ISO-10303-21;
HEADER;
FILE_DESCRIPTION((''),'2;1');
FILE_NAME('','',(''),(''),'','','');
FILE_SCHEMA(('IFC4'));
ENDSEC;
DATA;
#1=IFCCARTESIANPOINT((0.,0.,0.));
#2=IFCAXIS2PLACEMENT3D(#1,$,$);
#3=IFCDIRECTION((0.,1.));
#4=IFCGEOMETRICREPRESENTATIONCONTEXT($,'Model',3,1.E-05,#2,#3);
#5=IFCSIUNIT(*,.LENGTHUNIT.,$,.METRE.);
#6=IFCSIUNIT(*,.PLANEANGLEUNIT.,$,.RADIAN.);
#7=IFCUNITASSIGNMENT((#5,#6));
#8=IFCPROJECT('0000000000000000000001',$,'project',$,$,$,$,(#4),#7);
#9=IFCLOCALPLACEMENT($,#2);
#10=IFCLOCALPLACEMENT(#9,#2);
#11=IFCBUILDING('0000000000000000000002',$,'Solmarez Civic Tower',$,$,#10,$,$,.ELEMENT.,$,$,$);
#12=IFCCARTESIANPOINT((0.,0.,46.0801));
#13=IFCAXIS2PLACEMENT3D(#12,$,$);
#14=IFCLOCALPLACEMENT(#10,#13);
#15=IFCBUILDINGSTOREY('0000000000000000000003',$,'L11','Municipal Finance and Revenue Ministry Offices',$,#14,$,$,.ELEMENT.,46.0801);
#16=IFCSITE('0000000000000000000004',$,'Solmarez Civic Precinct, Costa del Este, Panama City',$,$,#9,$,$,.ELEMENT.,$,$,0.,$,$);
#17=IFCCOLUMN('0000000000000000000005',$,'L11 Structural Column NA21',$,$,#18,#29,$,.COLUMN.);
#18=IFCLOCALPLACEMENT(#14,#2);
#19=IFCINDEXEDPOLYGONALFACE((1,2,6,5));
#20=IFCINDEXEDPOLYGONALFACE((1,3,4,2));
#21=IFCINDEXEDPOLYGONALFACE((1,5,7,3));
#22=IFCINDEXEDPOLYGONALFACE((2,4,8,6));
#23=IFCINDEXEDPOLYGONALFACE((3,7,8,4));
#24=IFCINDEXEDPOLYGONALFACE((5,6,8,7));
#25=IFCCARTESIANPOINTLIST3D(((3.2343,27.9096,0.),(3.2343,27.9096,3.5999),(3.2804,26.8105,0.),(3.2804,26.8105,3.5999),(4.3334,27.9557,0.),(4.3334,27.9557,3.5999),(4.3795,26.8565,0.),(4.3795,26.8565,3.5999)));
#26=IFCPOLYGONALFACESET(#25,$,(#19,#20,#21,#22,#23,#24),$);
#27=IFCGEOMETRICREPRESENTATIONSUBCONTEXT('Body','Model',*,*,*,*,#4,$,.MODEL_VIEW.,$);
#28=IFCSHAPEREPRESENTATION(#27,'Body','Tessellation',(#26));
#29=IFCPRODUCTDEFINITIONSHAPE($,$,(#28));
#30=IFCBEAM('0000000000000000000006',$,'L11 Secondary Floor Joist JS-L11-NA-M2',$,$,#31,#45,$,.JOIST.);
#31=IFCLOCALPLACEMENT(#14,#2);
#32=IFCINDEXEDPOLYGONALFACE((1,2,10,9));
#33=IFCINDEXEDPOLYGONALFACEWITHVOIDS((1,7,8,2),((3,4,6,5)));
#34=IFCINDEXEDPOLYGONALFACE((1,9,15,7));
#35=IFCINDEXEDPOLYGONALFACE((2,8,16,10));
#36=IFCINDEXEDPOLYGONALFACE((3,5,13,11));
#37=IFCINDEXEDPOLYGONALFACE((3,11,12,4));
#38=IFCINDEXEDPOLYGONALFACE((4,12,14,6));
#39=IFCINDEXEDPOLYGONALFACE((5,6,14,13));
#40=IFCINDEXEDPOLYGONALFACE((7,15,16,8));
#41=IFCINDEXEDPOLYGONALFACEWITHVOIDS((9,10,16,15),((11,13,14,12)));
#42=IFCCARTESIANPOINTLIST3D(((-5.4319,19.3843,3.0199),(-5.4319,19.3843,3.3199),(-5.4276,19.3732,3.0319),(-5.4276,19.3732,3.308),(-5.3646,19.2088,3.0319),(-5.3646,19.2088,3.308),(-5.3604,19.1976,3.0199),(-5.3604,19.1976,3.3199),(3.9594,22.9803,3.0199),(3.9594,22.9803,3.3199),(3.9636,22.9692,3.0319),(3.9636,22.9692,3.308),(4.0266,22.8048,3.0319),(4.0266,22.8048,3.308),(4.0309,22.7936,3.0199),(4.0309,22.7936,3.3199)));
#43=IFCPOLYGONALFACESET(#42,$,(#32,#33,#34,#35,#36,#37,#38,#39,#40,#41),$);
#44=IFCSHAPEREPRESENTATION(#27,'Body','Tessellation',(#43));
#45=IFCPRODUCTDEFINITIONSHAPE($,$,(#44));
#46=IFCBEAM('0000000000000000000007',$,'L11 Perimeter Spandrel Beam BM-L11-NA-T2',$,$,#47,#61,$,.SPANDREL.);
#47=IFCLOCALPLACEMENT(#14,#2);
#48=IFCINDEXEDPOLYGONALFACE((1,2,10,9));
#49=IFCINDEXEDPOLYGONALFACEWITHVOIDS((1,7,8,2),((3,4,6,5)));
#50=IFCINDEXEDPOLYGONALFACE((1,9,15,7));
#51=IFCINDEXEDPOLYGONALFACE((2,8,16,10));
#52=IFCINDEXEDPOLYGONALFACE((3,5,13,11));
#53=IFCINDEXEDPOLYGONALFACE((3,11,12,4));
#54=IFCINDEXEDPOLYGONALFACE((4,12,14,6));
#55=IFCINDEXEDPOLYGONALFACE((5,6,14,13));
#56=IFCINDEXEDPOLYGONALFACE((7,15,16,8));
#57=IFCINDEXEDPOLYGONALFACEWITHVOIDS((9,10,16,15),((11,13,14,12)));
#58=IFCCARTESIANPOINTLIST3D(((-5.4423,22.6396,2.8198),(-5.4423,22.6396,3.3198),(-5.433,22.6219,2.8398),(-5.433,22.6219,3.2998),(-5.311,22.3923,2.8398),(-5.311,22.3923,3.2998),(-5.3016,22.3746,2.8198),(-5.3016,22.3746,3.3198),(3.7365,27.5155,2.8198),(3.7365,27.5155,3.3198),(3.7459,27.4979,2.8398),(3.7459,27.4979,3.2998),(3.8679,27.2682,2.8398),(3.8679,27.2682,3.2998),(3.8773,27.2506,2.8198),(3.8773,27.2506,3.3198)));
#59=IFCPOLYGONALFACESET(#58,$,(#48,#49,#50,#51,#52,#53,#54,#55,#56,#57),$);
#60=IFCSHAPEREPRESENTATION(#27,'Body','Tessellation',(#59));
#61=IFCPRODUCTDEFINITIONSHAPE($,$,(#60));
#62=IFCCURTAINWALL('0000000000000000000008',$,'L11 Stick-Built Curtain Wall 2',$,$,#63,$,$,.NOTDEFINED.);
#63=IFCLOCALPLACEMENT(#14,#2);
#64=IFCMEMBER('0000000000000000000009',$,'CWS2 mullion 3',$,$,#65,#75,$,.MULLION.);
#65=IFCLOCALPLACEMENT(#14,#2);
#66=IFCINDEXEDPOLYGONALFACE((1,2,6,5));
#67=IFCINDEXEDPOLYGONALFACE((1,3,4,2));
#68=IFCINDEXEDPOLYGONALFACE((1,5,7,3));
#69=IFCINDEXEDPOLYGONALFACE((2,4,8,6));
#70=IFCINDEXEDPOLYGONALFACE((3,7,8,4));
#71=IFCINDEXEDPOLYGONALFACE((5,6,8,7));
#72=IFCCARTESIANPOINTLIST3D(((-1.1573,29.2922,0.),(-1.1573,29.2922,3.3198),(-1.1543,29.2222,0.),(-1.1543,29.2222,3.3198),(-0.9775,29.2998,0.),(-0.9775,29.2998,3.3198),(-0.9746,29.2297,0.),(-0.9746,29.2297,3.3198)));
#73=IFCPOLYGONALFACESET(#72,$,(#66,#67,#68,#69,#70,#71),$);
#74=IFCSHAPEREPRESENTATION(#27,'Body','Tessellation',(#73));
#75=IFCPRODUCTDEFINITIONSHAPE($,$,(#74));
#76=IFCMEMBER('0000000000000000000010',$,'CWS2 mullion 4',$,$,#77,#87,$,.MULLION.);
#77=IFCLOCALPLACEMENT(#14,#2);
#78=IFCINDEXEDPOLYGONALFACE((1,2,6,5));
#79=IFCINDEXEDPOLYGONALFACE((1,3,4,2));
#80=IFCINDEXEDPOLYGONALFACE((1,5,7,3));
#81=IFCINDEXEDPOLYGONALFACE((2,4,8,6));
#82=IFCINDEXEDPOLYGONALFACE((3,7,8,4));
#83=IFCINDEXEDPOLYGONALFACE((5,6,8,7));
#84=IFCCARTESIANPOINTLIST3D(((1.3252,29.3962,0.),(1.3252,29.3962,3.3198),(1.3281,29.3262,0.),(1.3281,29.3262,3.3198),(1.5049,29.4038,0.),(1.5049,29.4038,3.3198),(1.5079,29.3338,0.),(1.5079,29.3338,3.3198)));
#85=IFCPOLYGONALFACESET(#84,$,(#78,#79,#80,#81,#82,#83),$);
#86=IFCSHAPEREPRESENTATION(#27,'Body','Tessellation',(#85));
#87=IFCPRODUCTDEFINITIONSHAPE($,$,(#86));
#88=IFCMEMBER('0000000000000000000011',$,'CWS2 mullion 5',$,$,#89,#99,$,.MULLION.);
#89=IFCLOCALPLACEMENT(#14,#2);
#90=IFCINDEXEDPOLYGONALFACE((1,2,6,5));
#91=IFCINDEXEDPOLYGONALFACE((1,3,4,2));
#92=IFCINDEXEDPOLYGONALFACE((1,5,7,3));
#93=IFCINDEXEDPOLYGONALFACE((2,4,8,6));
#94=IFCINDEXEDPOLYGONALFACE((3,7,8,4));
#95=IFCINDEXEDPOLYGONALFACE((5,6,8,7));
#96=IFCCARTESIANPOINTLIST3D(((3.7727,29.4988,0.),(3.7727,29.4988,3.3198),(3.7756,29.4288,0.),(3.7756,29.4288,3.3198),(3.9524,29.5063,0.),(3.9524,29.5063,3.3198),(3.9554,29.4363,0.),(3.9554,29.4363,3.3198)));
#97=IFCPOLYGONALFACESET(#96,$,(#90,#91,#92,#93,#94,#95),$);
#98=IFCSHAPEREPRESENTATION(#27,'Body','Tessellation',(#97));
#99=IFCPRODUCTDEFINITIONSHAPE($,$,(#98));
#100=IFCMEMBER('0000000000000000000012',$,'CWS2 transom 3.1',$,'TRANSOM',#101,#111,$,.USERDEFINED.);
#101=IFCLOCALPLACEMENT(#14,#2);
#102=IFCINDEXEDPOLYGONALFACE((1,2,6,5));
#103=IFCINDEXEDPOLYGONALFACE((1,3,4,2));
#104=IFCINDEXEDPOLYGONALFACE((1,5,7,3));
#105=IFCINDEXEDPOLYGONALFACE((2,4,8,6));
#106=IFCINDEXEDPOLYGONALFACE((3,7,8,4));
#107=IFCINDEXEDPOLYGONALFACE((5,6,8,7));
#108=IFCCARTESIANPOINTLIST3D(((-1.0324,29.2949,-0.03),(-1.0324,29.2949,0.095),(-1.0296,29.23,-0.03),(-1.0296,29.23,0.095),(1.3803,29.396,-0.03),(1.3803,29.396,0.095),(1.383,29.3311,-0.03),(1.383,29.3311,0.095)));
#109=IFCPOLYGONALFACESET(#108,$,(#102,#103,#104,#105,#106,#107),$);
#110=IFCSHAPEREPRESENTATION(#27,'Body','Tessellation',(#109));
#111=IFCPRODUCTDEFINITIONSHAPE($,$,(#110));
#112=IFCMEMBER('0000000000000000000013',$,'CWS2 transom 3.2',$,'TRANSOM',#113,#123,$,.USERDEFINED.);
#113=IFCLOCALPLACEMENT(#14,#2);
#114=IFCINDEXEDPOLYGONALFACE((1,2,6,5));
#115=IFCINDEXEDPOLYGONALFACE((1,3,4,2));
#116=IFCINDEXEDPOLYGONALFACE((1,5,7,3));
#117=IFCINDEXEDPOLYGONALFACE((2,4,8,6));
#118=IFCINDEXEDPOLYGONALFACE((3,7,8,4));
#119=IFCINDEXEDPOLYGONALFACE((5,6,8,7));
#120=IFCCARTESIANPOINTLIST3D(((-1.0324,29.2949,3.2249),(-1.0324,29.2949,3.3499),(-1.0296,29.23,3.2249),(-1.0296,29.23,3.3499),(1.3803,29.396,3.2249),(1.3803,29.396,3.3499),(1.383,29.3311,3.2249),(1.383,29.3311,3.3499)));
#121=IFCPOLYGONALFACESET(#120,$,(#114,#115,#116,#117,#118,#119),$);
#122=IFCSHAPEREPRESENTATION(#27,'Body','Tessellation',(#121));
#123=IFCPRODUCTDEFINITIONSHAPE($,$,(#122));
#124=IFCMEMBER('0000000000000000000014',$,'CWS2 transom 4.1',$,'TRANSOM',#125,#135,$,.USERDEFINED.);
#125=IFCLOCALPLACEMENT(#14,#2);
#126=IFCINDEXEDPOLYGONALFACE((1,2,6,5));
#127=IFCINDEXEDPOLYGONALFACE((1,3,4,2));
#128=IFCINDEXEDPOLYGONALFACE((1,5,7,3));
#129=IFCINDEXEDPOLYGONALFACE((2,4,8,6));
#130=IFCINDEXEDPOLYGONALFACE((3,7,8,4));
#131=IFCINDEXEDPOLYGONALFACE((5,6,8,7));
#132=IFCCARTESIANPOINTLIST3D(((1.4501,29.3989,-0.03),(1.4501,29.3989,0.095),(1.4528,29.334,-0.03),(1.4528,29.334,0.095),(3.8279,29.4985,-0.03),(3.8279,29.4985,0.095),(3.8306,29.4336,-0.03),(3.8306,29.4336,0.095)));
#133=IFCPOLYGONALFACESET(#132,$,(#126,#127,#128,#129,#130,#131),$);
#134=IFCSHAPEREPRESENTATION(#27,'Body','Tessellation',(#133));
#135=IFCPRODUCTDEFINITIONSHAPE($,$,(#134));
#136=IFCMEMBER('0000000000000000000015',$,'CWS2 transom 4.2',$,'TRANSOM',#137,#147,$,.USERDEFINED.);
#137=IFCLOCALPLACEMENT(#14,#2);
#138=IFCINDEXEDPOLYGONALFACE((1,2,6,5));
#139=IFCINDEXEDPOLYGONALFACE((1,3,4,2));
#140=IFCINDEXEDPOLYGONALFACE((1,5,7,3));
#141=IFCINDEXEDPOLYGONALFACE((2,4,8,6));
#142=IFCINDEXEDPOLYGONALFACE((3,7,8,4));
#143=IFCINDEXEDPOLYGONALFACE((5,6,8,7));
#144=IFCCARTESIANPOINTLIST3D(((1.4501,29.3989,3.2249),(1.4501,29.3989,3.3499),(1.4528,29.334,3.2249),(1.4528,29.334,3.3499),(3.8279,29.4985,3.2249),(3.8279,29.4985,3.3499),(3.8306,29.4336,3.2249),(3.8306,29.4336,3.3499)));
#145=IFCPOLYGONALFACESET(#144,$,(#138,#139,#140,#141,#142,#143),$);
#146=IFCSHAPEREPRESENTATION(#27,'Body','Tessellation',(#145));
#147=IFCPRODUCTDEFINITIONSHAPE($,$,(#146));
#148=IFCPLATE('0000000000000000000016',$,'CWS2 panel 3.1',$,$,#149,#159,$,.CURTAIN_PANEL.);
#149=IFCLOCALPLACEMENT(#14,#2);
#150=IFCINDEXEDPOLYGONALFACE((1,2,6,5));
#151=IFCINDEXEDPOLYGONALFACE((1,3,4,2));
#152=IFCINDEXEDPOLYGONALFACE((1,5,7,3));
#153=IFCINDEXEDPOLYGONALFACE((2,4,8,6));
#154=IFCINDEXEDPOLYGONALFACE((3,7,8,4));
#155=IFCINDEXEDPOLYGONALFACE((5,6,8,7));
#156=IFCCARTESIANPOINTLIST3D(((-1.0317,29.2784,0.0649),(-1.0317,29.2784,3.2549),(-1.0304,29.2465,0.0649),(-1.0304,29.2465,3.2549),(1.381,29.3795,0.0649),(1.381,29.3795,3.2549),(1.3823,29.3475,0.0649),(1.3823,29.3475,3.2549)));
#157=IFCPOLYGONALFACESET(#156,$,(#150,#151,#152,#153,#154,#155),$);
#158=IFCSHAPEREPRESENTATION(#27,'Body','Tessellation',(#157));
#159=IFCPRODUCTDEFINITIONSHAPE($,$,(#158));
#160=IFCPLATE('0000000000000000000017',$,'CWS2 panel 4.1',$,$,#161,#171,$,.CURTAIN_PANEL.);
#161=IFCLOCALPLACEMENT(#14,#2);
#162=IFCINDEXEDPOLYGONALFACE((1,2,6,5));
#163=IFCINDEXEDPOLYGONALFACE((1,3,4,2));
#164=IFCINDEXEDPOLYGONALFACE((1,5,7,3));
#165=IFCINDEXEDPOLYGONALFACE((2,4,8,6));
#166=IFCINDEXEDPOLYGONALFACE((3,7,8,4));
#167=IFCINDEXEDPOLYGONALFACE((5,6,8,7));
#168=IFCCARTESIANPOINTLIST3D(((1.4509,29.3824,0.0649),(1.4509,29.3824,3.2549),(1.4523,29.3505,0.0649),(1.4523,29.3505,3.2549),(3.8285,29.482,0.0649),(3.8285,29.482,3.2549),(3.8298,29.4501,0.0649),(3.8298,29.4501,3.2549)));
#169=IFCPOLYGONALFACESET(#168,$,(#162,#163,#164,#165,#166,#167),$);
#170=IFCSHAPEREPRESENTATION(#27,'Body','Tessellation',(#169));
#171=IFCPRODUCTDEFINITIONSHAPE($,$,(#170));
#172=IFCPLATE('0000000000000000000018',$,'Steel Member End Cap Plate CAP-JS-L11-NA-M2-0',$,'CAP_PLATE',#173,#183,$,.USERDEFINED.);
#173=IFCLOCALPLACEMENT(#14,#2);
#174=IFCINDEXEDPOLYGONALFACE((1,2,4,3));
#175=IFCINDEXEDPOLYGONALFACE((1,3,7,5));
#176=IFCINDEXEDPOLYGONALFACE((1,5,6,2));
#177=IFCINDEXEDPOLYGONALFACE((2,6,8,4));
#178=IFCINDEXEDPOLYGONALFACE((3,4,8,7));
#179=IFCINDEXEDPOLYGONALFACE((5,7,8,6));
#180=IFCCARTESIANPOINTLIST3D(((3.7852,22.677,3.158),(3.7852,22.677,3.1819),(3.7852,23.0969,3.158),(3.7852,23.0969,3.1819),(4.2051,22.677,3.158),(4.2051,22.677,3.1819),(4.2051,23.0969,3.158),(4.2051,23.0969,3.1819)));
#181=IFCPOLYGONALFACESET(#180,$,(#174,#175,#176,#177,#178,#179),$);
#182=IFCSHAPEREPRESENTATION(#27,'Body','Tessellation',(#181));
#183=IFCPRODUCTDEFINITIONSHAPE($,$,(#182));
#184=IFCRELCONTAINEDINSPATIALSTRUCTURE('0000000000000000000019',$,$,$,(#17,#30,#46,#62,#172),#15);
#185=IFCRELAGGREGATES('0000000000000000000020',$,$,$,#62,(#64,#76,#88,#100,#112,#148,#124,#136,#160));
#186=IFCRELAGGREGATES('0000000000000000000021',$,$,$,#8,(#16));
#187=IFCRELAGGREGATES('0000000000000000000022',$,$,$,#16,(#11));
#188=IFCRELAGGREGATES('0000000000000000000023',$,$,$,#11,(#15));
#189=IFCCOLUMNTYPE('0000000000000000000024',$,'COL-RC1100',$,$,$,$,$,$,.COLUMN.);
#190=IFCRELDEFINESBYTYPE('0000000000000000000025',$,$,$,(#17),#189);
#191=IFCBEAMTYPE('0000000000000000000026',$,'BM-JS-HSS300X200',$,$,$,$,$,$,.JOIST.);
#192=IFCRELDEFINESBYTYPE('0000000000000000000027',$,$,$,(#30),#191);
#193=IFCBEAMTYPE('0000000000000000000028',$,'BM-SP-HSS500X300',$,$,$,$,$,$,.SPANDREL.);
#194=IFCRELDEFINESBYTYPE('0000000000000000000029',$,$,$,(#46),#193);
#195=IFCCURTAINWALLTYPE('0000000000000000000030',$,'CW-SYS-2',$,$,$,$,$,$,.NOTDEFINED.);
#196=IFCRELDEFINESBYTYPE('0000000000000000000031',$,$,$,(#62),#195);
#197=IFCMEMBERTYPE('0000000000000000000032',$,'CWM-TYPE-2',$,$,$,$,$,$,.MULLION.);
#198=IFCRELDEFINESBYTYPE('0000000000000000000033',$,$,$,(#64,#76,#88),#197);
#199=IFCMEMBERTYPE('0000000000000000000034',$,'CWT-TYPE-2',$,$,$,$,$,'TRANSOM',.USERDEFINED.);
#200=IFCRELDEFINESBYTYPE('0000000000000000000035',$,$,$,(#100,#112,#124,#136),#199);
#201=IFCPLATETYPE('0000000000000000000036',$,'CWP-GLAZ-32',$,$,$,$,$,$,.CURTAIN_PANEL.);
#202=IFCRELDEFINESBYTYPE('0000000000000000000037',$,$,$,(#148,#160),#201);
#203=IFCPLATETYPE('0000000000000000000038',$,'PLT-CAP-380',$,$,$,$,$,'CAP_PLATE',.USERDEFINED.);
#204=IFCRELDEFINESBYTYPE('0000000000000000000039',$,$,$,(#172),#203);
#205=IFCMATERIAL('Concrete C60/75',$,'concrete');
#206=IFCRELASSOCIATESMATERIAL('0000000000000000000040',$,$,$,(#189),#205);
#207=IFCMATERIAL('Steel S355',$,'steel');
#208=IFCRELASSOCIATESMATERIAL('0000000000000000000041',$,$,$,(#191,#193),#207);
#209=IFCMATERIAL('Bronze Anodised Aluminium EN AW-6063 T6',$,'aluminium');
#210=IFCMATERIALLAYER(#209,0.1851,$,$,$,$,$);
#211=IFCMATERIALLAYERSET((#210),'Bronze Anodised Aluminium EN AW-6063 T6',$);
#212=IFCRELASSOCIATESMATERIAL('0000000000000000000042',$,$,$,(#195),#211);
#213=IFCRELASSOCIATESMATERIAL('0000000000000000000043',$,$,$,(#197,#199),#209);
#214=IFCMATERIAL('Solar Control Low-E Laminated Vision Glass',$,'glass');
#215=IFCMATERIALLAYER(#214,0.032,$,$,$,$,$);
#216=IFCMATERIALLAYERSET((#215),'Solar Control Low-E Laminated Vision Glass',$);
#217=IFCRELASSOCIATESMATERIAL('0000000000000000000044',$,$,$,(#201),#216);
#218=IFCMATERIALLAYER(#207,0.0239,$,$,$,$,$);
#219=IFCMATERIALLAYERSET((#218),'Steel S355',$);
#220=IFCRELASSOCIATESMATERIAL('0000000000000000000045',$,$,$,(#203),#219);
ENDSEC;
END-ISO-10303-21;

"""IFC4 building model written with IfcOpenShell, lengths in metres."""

from ifc_helpers import new_model, si_unit, direction, frame, origin, origin_2d, place, context, subcontext, project, spatial, rectangle, hollow_rectangle, extrude, material, layer, layer_set, material_profile, profile_set, type_object, element, aggregate, save


model = new_model("IFC4")

# Units and contexts
model_context = context("Model", 3, precision=1e-05, world=origin(), true_north=direction((0.0, 1.0)))
body_context = subcontext(model_context, "Body", "Model", "MODEL_VIEW")
ifc_project = project(units=[si_unit("LENGTHUNIT", "METRE"), si_unit("PLANEANGLEUNIT", "RADIAN")], contexts=[model_context])

# Site, building, storey
site_placement = place(None, origin())
site = spatial("IfcSite", under=ifc_project, at=site_placement, Name="Solmarez Civic Precinct, Costa del Este, Panama City", CompositionType="ELEMENT", RefElevation=0.0)
building_placement = place(site_placement, origin())
building = spatial("IfcBuilding", under=site, at=building_placement, Name="Solmarez Civic Tower", CompositionType="ELEMENT")
storey_placement = place(building_placement, frame((0.0, 0.0, 46.0801)))
storey = spatial("IfcBuildingStorey", under=building, at=storey_placement, Name="L11", Description="Municipal Finance and Revenue Ministry Offices", CompositionType="ELEMENT", Elevation=46.0801)

# Column
ifc_material_1 = material(Name="Concrete C60/75", Category="concrete")
ifc_material_profile_1 = material_profile(ifc_material_1, rectangle(XDim=1.1001, YDim=1.1001, at=origin_2d()), Name="RC1100X1100")
ifc_profile_set_1 = profile_set([ifc_material_profile_1], Name="Concrete C60/75")
column_type = type_object("IfcColumnType", Name="COL-RC1100", PredefinedType="COLUMN", material=ifc_profile_set_1)
column_placement = place(storey_placement, frame((3.8069, 27.3831, 0.0), z_axis=(0.0, 0.0, 1.0), x_axis=(0.999123, 0.041876, 0.0)))
element("IfcColumn", 1, at=column_placement, inside=storey, type_object=column_type, Name="L11 Structural Column NA21", PredefinedType="COLUMN", context=body_context, shape_type="SweptSolid", body=[
    extrude(rectangle(XDim=1.1001, YDim=1.1001, at=origin_2d()), origin(), (0.0, 0.0, 1.0), 3.5999),
])

# Beams
ifc_material_2 = material(Name="Steel S355", Category="steel")
ifc_material_profile_2 = material_profile(ifc_material_2, hollow_rectangle(XDim=0.2, YDim=0.3, WallThickness=0.012, at=origin_2d()), Name="HSS300X200X12")
ifc_profile_set_2 = profile_set([ifc_material_profile_2], Name="Steel S355")
beam_type_1 = type_object("IfcBeamType", Name="BM-JS-HSS300X200", PredefinedType="JOIST", material=ifc_profile_set_2)
beam_1_placement = place(storey_placement, frame((3.9951, 22.887, 3.1699), z_axis=(-0.933878, -0.357591, 0.0), x_axis=(0.357591, -0.933878, 0.0)))
element("IfcBeam", 2, at=beam_1_placement, inside=storey, type_object=beam_type_1, Name="L11 Secondary Floor Joist JS-L11-NA-M2", PredefinedType="JOIST", context=body_context, shape_type="SweptSolid", body=[
    extrude(hollow_rectangle(XDim=0.2, YDim=0.3, WallThickness=0.012, at=origin_2d()), origin(), (0.0, 0.0, 1.0), 10.0562),
])
ifc_material_profile_3 = material_profile(ifc_material_2, hollow_rectangle(XDim=0.3, YDim=0.5, WallThickness=0.02, at=origin_2d()), Name="HSS500X300X20")
ifc_profile_set_3 = profile_set([ifc_material_profile_3], Name="Steel S355")
beam_type_2 = type_object("IfcBeamType", Name="BM-SP-HSS500X300", PredefinedType="SPANDREL", material=ifc_profile_set_3)
beam_2_placement = place(storey_placement, frame((3.8069, 27.3831, 3.0698), z_axis=(-0.883129, -0.469129, 0.0), x_axis=(0.469129, -0.883129, 0.0)))
element("IfcBeam", 3, at=beam_2_placement, inside=storey, type_object=beam_type_2, Name="L11 Perimeter Spandrel Beam BM-L11-NA-T2", PredefinedType="SPANDREL", context=body_context, shape_type="SweptSolid", body=[
    extrude(hollow_rectangle(XDim=0.3, YDim=0.5, WallThickness=0.02, at=origin_2d()), origin(), (0.0, 0.0, 1.0), 10.3936),
])

# Curtain wall, members, plates
ifc_material_3 = material(Name="Bronze Anodised Aluminium EN AW-6063 T6", Category="aluminium")
ifc_layer_1 = layer(ifc_material_3, 0.1851)
ifc_layer_set_1 = layer_set([ifc_layer_1], Name="Bronze Anodised Aluminium EN AW-6063 T6")
curtain_wall_type = type_object("IfcCurtainWallType", Name="CW-SYS-2", PredefinedType="NOTDEFINED", material=ifc_layer_set_1)
curtain_wall_placement = place(storey_placement, origin())
curtain_wall = element("IfcCurtainWall", 4, at=curtain_wall_placement, inside=storey, type_object=curtain_wall_type, Name="L11 Stick-Built Curtain Wall 2", PredefinedType="NOTDEFINED")
ifc_material_profile_4 = material_profile(ifc_material_3, rectangle(XDim=0.0701, YDim=0.1799, at=origin_2d()), Name="CWM-70X180")
ifc_profile_set_4 = profile_set([ifc_material_profile_4], Name="Bronze Anodised Aluminium EN AW-6063 T6")
member_type_1 = type_object("IfcMemberType", Name="CWM-TYPE-2", PredefinedType="MULLION", material=ifc_profile_set_4)
member_1_placement = place(storey_placement, frame((-1.0659, 29.261, 0.0), z_axis=(0.0, 0.0, 1.0), x_axis=(-0.041857, 0.999124, 0.0)))
member_1 = element("IfcMember", 5, at=member_1_placement, type_object=member_type_1, Name="CWS2 mullion 3", PredefinedType="MULLION", context=body_context, shape_type="SweptSolid", body=[
    extrude(rectangle(XDim=0.0701, YDim=0.1799, at=origin_2d()), origin(), (0.0, 0.0, 1.0), 3.3198),
])
member_2_placement = place(storey_placement, frame((1.4165, 29.365, 0.0), z_axis=(0.0, 0.0, 1.0), x_axis=(-0.041857, 0.999124, 0.0)))
member_2 = element("IfcMember", 6, at=member_2_placement, type_object=member_type_1, Name="CWS2 mullion 4", PredefinedType="MULLION", context=body_context, shape_type="SweptSolid", body=[
    extrude(rectangle(XDim=0.0701, YDim=0.1799, at=origin_2d()), origin(), (0.0, 0.0, 1.0), 3.3198),
])
member_3_placement = place(storey_placement, frame((3.864, 29.4675, 0.0), z_axis=(0.0, 0.0, 1.0), x_axis=(-0.041857, 0.999124, 0.0)))
member_3 = element("IfcMember", 7, at=member_3_placement, type_object=member_type_1, Name="CWS2 mullion 5", PredefinedType="MULLION", context=body_context, shape_type="SweptSolid", body=[
    extrude(rectangle(XDim=0.0701, YDim=0.1799, at=origin_2d()), origin(), (0.0, 0.0, 1.0), 3.3198),
])
ifc_material_profile_5 = material_profile(ifc_material_3, rectangle(XDim=0.0649, YDim=0.125, at=origin_2d()), Name="CWT-65X125")
ifc_profile_set_5 = profile_set([ifc_material_profile_5], Name="Bronze Anodised Aluminium EN AW-6063 T6")
member_type_2 = type_object("IfcMemberType", Name="CWT-TYPE-2", ElementType="TRANSOM", PredefinedType="USERDEFINED", material=ifc_profile_set_5)
member_4_placement = place(storey_placement, frame((-1.031, 29.2625, 0.0325), z_axis=(0.999124, 0.041858, 0.0), x_axis=(-0.041858, 0.999124, 0.0)))
member_4 = element("IfcMember", 8, at=member_4_placement, type_object=member_type_2, Name="CWS2 transom 3.1", ObjectType="TRANSOM", PredefinedType="USERDEFINED", context=body_context, shape_type="SweptSolid", body=[
    extrude(rectangle(XDim=0.0649, YDim=0.125, at=origin_2d()), origin(), (0.0, 0.0, 1.0), 2.4148),
])
member_5_placement = place(storey_placement, frame((-1.031, 29.2625, 3.2874), z_axis=(0.999124, 0.041858, 0.0), x_axis=(-0.041858, 0.999124, 0.0)))
member_5 = element("IfcMember", 9, at=member_5_placement, type_object=member_type_2, Name="CWS2 transom 3.2", ObjectType="TRANSOM", PredefinedType="USERDEFINED", context=body_context, shape_type="SweptSolid", body=[
    extrude(rectangle(XDim=0.0649, YDim=0.125, at=origin_2d()), origin(), (0.0, 0.0, 1.0), 2.4148),
])
member_6_placement = place(storey_placement, frame((1.4514, 29.3665, 0.0325), z_axis=(0.999124, 0.041857, 0.0), x_axis=(-0.041857, 0.999124, 0.0)))
member_6 = element("IfcMember", 10, at=member_6_placement, type_object=member_type_2, Name="CWS2 transom 4.1", ObjectType="TRANSOM", PredefinedType="USERDEFINED", context=body_context, shape_type="SweptSolid", body=[
    extrude(rectangle(XDim=0.0649, YDim=0.125, at=origin_2d()), origin(), (0.0, 0.0, 1.0), 2.3799),
])
member_7_placement = place(storey_placement, frame((1.4514, 29.3665, 3.2874), z_axis=(0.999124, 0.041857, 0.0), x_axis=(-0.041857, 0.999124, 0.0)))
member_7 = element("IfcMember", 11, at=member_7_placement, type_object=member_type_2, Name="CWS2 transom 4.2", ObjectType="TRANSOM", PredefinedType="USERDEFINED", context=body_context, shape_type="SweptSolid", body=[
    extrude(rectangle(XDim=0.0649, YDim=0.125, at=origin_2d()), origin(), (0.0, 0.0, 1.0), 2.3799),
])
ifc_material_4 = material(Name="Solar Control Low-E Laminated Vision Glass", Category="glass")
ifc_layer_2 = layer(ifc_material_4, 0.032)
ifc_layer_set_2 = layer_set([ifc_layer_2], Name="Solar Control Low-E Laminated Vision Glass")
plate_type_1 = type_object("IfcPlateType", Name="CWP-GLAZ-32", PredefinedType="CURTAIN_PANEL", material=ifc_layer_set_2)
plate_1_placement = place(storey_placement, frame((0.1753, 29.313, 0.0649), z_axis=(0.0, 0.0, 1.0), x_axis=(0.999124, 0.041857, 0.0)))
plate_1 = element("IfcPlate", 12, at=plate_1_placement, type_object=plate_type_1, Name="CWS2 panel 3.1", PredefinedType="CURTAIN_PANEL", context=body_context, shape_type="SweptSolid", body=[
    extrude(rectangle(XDim=2.4148, YDim=0.032, at=origin_2d()), origin(), (0.0, 0.0, 1.0), 3.1899),
])
plate_2_placement = place(storey_placement, frame((2.6404, 29.4163, 0.0649), z_axis=(0.0, 0.0, 1.0), x_axis=(0.999124, 0.041857, 0.0)))
plate_2 = element("IfcPlate", 13, at=plate_2_placement, type_object=plate_type_1, Name="CWS2 panel 4.1", PredefinedType="CURTAIN_PANEL", context=body_context, shape_type="SweptSolid", body=[
    extrude(rectangle(XDim=2.3796, YDim=0.032, at=origin_2d()), origin(), (0.0, 0.0, 1.0), 3.1899),
])
aggregate(curtain_wall, [member_1, member_2, member_3, member_4, member_5, plate_1, member_6, member_7, plate_2])

# Plate
ifc_layer_3 = layer(ifc_material_2, 0.0239)
ifc_layer_set_3 = layer_set([ifc_layer_3], Name="Steel S355")
plate_type_2 = type_object("IfcPlateType", Name="PLT-CAP-380", ElementType="CAP_PLATE", PredefinedType="USERDEFINED", material=ifc_layer_set_3)
plate_3_placement = place(storey_placement, frame((3.9951, 22.887, 3.158), z_axis=(0.0, 0.0, 1.0), x_axis=(1.0, 0.0, 0.0)))
element("IfcPlate", 14, at=plate_3_placement, inside=storey, type_object=plate_type_2, Name="Steel Member End Cap Plate CAP-JS-L11-NA-M2-0", ObjectType="CAP_PLATE", PredefinedType="USERDEFINED", context=body_context, shape_type="SweptSolid", body=[
    extrude(rectangle(XDim=0.4199, YDim=0.4199, at=origin_2d()), origin(), (0.0, 0.0, 1.0), 0.0239),
])

save(model, "model.ifc")
